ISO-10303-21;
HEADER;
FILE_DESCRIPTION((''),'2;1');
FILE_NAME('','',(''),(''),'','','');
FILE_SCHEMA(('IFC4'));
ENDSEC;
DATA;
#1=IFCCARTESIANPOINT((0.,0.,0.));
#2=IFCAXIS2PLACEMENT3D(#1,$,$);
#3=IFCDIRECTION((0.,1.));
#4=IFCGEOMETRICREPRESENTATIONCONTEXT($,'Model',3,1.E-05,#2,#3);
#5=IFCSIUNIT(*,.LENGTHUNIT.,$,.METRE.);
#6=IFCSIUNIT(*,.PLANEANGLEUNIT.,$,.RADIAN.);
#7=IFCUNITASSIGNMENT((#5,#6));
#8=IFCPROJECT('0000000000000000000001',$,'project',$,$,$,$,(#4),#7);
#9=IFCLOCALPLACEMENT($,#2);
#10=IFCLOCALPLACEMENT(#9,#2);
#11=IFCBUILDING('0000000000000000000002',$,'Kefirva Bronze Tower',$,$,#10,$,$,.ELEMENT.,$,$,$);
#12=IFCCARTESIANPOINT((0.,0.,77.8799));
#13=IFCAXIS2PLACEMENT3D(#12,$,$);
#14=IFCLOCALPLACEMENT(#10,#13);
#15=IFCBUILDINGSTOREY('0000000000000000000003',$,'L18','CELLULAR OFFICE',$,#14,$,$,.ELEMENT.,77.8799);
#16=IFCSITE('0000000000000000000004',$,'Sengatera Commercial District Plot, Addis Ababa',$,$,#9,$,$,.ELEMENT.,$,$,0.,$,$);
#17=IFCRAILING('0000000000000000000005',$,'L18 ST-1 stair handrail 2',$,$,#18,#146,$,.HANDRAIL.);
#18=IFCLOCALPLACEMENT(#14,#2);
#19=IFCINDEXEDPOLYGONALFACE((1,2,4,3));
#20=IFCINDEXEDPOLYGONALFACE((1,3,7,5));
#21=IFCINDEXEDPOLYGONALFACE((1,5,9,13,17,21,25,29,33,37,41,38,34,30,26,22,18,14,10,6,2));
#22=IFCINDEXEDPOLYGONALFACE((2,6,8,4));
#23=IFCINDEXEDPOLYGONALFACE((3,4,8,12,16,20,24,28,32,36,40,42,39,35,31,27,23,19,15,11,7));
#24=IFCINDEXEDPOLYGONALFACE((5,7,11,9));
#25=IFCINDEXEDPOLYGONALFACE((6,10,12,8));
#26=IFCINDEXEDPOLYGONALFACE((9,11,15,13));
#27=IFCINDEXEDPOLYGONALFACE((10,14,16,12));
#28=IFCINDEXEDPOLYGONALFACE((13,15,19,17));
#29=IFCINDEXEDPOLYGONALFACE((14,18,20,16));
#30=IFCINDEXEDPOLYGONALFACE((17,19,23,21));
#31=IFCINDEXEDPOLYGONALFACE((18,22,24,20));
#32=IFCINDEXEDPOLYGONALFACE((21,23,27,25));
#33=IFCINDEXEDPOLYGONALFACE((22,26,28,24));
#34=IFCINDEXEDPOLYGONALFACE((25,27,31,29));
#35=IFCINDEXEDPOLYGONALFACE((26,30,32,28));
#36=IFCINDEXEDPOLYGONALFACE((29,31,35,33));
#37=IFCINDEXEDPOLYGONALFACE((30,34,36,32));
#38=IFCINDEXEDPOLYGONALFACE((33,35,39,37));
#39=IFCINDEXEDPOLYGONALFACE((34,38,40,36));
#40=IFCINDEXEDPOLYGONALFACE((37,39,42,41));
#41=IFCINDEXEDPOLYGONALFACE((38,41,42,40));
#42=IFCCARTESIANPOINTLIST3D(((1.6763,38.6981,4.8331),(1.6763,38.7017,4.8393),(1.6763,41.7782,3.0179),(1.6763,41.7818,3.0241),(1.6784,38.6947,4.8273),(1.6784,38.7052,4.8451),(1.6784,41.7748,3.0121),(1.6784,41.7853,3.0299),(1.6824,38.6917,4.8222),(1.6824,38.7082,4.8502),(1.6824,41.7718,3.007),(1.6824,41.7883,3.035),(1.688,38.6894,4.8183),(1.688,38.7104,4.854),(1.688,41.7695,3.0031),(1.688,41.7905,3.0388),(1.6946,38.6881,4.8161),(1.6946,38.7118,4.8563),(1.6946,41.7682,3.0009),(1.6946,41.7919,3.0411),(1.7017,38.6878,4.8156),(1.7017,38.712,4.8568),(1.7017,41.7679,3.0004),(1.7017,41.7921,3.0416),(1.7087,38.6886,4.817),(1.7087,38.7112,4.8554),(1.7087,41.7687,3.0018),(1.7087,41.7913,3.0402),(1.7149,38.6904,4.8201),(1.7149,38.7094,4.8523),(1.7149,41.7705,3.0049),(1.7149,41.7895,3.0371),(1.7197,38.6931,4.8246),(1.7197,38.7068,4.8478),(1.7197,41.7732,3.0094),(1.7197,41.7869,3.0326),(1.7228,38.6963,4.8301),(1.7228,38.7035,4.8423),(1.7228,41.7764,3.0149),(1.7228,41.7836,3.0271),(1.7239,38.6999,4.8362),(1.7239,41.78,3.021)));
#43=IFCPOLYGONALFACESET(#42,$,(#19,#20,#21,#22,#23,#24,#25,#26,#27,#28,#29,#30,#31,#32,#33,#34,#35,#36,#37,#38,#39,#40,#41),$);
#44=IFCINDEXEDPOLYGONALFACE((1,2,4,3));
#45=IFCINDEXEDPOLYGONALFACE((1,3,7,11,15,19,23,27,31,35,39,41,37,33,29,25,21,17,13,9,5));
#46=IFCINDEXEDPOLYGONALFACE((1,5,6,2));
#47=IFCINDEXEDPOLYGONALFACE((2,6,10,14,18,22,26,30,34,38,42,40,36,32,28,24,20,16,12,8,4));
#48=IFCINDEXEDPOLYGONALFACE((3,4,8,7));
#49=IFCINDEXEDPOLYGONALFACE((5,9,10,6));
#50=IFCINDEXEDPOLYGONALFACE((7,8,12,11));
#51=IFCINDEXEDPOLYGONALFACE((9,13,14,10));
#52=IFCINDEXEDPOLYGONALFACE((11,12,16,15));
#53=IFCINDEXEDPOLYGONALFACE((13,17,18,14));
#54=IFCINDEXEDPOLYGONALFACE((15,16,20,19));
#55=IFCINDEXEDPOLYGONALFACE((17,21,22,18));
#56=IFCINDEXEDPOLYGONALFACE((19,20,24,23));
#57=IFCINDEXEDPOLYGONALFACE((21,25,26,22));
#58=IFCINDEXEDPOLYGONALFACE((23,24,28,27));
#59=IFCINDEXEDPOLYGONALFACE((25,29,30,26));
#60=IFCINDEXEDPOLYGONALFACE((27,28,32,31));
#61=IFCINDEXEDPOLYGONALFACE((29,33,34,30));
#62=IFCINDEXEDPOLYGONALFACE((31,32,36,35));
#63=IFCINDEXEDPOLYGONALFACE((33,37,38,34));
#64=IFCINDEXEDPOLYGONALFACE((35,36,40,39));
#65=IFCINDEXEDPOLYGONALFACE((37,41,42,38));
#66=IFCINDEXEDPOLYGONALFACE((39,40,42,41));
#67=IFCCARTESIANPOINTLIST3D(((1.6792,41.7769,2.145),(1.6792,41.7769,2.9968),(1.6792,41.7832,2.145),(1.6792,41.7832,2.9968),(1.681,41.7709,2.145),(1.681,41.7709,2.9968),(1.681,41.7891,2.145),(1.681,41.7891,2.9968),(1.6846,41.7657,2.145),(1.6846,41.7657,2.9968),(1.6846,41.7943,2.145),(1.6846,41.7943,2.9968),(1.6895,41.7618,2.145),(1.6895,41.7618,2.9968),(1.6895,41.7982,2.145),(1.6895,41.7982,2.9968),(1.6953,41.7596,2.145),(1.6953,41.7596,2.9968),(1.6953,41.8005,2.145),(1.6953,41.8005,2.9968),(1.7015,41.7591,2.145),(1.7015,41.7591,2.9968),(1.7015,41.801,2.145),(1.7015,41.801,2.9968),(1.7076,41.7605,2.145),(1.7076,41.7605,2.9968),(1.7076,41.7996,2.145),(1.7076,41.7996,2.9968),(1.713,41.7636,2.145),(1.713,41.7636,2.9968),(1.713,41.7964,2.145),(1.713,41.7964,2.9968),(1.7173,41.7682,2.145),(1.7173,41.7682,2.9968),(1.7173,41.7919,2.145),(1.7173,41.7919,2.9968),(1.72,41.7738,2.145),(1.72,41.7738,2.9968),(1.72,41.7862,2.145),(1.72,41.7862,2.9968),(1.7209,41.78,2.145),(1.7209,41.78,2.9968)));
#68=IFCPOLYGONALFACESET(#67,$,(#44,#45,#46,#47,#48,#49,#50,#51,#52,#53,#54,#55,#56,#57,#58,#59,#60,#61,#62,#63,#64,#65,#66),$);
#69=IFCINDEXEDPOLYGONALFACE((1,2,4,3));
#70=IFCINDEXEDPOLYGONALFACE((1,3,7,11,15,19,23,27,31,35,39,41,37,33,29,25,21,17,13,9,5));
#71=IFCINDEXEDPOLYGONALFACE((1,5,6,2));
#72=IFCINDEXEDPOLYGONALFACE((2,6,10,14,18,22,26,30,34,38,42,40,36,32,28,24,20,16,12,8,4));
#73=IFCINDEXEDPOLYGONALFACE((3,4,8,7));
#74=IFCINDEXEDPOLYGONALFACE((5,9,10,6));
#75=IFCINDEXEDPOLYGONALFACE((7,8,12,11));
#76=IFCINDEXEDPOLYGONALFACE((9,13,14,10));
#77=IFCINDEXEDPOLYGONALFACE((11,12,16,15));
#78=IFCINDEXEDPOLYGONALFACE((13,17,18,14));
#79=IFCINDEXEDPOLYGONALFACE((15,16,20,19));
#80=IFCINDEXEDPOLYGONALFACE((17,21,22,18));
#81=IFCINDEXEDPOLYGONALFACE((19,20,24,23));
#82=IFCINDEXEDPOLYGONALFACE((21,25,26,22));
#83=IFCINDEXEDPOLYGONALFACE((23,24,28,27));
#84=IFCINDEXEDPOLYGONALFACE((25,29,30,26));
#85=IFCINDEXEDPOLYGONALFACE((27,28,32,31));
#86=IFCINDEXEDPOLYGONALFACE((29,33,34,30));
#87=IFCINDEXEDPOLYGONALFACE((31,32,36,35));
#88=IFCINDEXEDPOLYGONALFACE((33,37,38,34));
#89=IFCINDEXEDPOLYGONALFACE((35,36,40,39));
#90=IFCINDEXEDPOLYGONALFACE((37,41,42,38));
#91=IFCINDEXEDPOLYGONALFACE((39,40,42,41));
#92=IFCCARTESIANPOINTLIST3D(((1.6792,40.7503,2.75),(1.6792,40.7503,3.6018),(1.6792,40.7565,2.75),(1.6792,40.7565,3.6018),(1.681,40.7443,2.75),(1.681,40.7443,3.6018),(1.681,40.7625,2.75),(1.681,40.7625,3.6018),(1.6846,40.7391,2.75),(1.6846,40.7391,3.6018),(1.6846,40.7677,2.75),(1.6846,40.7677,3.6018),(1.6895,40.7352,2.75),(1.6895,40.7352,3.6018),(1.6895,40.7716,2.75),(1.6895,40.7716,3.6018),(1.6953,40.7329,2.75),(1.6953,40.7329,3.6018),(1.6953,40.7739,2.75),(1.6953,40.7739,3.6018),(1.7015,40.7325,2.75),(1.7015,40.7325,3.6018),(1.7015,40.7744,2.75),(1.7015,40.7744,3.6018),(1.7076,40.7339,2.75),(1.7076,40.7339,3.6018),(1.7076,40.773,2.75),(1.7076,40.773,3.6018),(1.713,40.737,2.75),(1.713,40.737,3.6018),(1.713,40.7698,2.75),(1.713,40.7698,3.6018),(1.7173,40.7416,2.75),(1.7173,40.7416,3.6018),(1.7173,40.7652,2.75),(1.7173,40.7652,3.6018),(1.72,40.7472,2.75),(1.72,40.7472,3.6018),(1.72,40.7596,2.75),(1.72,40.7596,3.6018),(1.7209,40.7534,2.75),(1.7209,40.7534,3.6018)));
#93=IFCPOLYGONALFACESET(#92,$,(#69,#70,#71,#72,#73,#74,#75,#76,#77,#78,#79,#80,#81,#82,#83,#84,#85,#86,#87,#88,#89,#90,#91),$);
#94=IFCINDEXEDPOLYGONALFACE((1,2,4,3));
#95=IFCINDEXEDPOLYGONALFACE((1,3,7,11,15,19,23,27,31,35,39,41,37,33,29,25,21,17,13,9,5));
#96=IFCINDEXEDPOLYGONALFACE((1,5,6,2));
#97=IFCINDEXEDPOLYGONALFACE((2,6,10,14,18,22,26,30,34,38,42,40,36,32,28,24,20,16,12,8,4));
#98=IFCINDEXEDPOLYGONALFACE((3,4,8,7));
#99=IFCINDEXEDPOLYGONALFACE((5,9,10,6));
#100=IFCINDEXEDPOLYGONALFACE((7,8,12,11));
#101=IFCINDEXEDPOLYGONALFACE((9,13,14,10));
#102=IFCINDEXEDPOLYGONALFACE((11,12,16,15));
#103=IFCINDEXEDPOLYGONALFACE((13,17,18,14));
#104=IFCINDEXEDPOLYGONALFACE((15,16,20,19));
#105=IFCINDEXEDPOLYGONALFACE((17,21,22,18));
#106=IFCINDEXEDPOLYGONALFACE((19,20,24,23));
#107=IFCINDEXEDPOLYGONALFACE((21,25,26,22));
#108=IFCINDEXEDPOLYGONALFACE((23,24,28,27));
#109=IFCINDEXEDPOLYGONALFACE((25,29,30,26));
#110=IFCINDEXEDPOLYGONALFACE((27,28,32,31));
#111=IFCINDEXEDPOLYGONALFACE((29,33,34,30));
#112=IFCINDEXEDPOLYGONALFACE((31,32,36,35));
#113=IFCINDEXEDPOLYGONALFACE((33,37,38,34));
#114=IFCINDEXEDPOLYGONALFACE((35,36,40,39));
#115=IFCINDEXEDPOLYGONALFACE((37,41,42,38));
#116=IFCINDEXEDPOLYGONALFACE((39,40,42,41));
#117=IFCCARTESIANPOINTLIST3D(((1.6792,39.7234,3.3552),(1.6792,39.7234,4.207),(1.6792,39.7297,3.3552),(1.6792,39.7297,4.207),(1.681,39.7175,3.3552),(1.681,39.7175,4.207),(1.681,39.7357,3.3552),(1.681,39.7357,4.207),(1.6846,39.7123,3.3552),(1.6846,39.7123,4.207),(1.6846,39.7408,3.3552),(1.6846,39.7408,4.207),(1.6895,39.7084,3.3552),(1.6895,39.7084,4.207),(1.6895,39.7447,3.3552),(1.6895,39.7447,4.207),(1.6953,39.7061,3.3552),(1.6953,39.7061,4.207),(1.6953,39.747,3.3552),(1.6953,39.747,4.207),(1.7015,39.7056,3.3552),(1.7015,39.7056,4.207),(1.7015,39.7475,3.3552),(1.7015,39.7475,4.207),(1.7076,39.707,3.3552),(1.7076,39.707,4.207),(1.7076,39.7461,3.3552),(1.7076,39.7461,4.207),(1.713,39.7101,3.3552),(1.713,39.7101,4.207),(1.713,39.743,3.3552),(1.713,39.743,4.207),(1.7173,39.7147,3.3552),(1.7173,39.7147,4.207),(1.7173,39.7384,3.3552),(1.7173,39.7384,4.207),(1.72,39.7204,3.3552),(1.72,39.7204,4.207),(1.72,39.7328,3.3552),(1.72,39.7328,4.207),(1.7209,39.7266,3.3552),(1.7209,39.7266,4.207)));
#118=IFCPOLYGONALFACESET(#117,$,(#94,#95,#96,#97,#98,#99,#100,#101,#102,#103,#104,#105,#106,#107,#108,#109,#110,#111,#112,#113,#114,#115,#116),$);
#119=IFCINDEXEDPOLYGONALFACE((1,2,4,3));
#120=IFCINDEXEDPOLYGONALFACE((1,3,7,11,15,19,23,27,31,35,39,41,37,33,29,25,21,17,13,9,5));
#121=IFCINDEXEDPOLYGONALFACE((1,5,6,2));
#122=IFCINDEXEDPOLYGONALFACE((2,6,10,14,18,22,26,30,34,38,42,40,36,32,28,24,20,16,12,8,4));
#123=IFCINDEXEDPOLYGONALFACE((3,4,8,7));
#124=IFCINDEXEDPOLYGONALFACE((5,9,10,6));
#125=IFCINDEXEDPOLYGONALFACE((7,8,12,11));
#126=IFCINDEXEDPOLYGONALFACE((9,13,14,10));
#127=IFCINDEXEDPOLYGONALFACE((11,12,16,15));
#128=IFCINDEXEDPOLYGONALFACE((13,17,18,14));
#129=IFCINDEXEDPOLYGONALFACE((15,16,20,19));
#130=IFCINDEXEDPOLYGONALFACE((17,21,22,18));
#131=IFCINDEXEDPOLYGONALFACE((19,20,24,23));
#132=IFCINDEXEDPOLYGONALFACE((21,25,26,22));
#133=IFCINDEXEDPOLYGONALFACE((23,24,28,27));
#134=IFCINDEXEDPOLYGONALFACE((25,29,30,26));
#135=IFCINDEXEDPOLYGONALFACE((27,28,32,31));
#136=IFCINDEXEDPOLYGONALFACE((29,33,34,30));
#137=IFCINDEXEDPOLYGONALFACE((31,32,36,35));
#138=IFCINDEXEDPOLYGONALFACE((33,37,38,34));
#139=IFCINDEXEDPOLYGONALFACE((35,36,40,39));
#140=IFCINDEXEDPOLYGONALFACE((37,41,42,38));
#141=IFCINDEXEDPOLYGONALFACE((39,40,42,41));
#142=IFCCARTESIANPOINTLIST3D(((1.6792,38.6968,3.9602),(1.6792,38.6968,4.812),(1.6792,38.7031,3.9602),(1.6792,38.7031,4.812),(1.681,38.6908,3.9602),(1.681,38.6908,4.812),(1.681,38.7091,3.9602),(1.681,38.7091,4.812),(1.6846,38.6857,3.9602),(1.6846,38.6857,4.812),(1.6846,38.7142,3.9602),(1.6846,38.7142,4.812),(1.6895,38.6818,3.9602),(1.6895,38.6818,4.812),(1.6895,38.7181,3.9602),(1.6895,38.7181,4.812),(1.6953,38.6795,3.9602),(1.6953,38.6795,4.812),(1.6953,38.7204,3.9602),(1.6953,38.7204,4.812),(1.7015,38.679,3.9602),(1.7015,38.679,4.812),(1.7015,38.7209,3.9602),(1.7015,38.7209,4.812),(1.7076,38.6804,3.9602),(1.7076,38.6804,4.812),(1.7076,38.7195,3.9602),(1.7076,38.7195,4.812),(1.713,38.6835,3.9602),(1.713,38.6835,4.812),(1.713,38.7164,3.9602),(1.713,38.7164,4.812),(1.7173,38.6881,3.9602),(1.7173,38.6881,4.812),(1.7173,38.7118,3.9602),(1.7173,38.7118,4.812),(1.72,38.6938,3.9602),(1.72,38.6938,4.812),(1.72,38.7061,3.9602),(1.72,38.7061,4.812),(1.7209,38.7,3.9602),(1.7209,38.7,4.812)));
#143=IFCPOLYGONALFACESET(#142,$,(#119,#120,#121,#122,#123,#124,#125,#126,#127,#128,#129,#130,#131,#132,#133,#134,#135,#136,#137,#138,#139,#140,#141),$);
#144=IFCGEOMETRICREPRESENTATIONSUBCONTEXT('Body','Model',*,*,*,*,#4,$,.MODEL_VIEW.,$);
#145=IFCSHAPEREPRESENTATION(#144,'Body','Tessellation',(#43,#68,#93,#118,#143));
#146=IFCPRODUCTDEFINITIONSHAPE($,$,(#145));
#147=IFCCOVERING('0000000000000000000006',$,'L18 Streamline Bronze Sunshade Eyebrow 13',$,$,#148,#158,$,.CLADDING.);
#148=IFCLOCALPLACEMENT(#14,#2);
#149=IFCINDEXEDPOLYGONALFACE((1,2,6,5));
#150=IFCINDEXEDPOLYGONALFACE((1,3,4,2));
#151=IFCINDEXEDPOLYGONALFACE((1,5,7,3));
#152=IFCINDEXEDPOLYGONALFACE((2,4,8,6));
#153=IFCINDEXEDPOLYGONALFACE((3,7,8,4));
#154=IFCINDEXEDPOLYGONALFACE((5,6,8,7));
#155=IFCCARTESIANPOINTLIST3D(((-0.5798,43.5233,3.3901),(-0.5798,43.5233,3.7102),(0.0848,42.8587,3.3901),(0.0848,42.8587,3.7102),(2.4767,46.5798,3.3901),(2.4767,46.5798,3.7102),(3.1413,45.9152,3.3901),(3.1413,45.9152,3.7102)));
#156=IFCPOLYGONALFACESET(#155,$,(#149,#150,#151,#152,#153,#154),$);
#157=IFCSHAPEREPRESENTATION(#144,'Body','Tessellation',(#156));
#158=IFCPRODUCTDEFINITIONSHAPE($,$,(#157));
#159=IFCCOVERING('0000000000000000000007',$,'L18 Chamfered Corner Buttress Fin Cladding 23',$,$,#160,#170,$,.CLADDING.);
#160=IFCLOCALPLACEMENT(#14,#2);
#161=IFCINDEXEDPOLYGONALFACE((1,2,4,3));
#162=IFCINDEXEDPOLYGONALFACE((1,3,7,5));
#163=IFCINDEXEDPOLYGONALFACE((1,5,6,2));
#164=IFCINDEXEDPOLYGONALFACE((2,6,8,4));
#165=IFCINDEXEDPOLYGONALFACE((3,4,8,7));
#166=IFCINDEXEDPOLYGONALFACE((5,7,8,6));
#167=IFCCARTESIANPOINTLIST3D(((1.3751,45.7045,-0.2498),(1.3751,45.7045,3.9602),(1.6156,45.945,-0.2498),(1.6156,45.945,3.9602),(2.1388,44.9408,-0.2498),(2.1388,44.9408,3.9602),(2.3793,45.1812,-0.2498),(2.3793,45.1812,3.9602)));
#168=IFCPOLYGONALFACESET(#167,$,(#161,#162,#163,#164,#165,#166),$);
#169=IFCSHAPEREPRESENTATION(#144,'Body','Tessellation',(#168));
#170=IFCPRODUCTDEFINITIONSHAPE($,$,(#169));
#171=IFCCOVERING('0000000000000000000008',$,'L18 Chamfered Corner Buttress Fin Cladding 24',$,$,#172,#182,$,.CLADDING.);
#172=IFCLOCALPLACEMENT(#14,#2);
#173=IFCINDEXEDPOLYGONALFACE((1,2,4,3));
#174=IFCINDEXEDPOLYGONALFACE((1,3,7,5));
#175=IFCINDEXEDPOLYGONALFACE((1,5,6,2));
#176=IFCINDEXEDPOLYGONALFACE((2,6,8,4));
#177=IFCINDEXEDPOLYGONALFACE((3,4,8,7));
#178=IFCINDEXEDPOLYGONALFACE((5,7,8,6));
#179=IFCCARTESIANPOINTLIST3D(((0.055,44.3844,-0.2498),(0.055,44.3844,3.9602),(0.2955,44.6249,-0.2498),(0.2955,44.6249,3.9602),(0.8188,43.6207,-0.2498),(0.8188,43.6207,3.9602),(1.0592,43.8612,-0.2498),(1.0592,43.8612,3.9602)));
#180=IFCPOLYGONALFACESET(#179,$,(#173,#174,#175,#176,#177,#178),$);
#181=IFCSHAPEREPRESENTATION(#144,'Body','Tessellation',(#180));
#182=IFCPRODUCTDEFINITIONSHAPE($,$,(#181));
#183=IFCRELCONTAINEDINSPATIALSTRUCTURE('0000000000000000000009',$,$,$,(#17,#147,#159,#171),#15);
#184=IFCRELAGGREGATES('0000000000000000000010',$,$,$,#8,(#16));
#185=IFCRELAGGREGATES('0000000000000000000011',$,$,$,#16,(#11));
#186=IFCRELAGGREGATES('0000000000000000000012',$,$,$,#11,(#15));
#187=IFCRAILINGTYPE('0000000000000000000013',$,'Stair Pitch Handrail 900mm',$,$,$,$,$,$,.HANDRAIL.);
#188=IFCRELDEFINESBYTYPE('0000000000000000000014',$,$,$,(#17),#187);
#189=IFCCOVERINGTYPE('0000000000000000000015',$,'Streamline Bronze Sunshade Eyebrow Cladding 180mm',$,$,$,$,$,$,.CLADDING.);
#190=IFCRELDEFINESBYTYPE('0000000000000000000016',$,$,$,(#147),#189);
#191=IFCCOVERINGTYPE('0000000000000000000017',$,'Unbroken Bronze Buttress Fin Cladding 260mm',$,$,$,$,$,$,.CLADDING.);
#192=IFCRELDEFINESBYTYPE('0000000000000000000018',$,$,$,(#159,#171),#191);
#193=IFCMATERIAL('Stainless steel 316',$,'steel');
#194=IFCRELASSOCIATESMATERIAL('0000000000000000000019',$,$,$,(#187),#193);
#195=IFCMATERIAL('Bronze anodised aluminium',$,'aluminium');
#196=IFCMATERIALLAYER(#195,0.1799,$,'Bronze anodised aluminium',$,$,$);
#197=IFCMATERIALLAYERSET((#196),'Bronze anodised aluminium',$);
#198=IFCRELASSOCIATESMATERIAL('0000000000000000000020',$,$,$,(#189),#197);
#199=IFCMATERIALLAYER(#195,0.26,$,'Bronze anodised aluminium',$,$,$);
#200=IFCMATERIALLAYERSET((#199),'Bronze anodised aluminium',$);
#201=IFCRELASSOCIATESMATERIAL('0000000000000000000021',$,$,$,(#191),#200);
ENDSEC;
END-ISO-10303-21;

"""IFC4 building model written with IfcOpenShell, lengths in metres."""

from ifc_helpers import new_model, si_unit, direction, frame, origin, origin_2d, place, context, subcontext, project, spatial, rectangle, circle, extrude, material, layer, layer_set, type_object, element, save


model = new_model("IFC4")

# Units and contexts
model_context = context("Model", 3, precision=1e-05, world=origin(), true_north=direction((0.0, 1.0)))
body_context = subcontext(model_context, "Body", "Model", "MODEL_VIEW")
ifc_project = project(units=[si_unit("LENGTHUNIT", "METRE"), si_unit("PLANEANGLEUNIT", "RADIAN")], contexts=[model_context])

# Site, building, storey
site_placement = place(None, origin())
site = spatial("IfcSite", under=ifc_project, at=site_placement, Name="Sengatera Commercial District Plot, Addis Ababa", CompositionType="ELEMENT", RefElevation=0.0)
building_placement = place(site_placement, origin())
building = spatial("IfcBuilding", under=site, at=building_placement, Name="Kefirva Bronze Tower", CompositionType="ELEMENT")
storey_placement = place(building_placement, frame((0.0, 0.0, 77.8799)))
storey = spatial("IfcBuildingStorey", under=building, at=storey_placement, Name="L18", Description="CELLULAR OFFICE", CompositionType="ELEMENT", Elevation=77.8799)

# Shared definitions
ifc_material_1 = material(Name="Bronze anodised aluminium", Category="aluminium")

# Railing
ifc_material_2 = material(Name="Stainless steel 316", Category="steel")
railing_type_1 = type_object("IfcRailingType", Name="Stair Pitch Handrail 900mm", PredefinedType="HANDRAIL", material=ifc_material_2)
railing_1_placement = place(storey_placement, frame((1.7, 41.78, 2.145)))
element("IfcRailing", 1, at=railing_1_placement, inside=storey, type_object=railing_type_1, Name="L18 ST-1 stair handrail 2", PredefinedType="HANDRAIL", context=body_context, shape_type="SweptSolid", body=[
    extrude(circle(Radius=0.0239, at=origin_2d()), frame((0.0, 0.0, 0.876), z_axis=(0.0, -0.861521, 0.507721), x_axis=(1.0, 0.0, 0.0)), (0.0, 0.0, 1.0), 3.5752),
    extrude(circle(Radius=0.021, at=origin_2d()), origin(), (0.0, 0.0, 1.0), 0.8518),
    extrude(circle(Radius=0.021, at=origin_2d()), frame((0.0, -1.0266, 0.605)), (0.0, 0.0, 1.0), 0.8518),
    extrude(circle(Radius=0.021, at=origin_2d()), frame((0.0, -2.0535, 1.2102)), (0.0, 0.0, 1.0), 0.8518),
    extrude(circle(Radius=0.021, at=origin_2d()), frame((0.0, -3.0801, 1.8152)), (0.0, 0.0, 1.0), 0.8518),
])

# Coverings
ifc_layer_1 = layer(ifc_material_1, 0.1799, Name="Bronze anodised aluminium")
ifc_layer_set_1 = layer_set([ifc_layer_1], Name="Bronze anodised aluminium")
covering_type_1 = type_object("IfcCoveringType", Name="Streamline Bronze Sunshade Eyebrow Cladding 180mm", PredefinedType="CLADDING", material=ifc_layer_set_1)
covering_1_placement = place(storey_placement, frame((1.2808, 44.7192, 3.3901), z_axis=(0.0, 0.0, 1.0), x_axis=(-0.707107, -0.707107, 0.0)))
element("IfcCovering", 2, at=covering_1_placement, inside=storey, type_object=covering_type_1, Name="L18 Streamline Bronze Sunshade Eyebrow 13", PredefinedType="CLADDING", context=body_context, shape_type="SweptSolid", body=[
    extrude(rectangle(XDim=4.3225, YDim=0.9399, at=origin_2d()), origin(), (0.0, 0.0, 1.0), 0.3201),
])
ifc_layer_2 = layer(ifc_material_1, 0.26, Name="Bronze anodised aluminium")
ifc_layer_set_2 = layer_set([ifc_layer_2], Name="Bronze anodised aluminium")
covering_type_2 = type_object("IfcCoveringType", Name="Unbroken Bronze Buttress Fin Cladding 260mm", PredefinedType="CLADDING", material=ifc_layer_set_2)
for number, where, z_axis, x_axis, name in (
    (3, (1.8772, 45.4429, -0.2498), (0.0, 0.0, 1.0), (-0.707107, -0.707107, 0.0), "L18 Chamfered Corner Buttress Fin Cladding 23"),
    (4, (0.5571, 44.1228, -0.2498), (0.0, 0.0, 1.0), (-0.707107, -0.707107, 0.0), "L18 Chamfered Corner Buttress Fin Cladding 24"),
):
    element("IfcCovering", number, at=place(storey_placement, frame(where, z_axis=z_axis, x_axis=x_axis)), inside=storey, type_object=covering_type_2, Name=name, PredefinedType="CLADDING", context=body_context, shape_type="SweptSolid", body=[
        extrude(rectangle(XDim=0.3401, YDim=1.0801, at=origin_2d()), origin(), (0.0, 0.0, 1.0), 4.21),
    ])

save(model, "model.ifc")
